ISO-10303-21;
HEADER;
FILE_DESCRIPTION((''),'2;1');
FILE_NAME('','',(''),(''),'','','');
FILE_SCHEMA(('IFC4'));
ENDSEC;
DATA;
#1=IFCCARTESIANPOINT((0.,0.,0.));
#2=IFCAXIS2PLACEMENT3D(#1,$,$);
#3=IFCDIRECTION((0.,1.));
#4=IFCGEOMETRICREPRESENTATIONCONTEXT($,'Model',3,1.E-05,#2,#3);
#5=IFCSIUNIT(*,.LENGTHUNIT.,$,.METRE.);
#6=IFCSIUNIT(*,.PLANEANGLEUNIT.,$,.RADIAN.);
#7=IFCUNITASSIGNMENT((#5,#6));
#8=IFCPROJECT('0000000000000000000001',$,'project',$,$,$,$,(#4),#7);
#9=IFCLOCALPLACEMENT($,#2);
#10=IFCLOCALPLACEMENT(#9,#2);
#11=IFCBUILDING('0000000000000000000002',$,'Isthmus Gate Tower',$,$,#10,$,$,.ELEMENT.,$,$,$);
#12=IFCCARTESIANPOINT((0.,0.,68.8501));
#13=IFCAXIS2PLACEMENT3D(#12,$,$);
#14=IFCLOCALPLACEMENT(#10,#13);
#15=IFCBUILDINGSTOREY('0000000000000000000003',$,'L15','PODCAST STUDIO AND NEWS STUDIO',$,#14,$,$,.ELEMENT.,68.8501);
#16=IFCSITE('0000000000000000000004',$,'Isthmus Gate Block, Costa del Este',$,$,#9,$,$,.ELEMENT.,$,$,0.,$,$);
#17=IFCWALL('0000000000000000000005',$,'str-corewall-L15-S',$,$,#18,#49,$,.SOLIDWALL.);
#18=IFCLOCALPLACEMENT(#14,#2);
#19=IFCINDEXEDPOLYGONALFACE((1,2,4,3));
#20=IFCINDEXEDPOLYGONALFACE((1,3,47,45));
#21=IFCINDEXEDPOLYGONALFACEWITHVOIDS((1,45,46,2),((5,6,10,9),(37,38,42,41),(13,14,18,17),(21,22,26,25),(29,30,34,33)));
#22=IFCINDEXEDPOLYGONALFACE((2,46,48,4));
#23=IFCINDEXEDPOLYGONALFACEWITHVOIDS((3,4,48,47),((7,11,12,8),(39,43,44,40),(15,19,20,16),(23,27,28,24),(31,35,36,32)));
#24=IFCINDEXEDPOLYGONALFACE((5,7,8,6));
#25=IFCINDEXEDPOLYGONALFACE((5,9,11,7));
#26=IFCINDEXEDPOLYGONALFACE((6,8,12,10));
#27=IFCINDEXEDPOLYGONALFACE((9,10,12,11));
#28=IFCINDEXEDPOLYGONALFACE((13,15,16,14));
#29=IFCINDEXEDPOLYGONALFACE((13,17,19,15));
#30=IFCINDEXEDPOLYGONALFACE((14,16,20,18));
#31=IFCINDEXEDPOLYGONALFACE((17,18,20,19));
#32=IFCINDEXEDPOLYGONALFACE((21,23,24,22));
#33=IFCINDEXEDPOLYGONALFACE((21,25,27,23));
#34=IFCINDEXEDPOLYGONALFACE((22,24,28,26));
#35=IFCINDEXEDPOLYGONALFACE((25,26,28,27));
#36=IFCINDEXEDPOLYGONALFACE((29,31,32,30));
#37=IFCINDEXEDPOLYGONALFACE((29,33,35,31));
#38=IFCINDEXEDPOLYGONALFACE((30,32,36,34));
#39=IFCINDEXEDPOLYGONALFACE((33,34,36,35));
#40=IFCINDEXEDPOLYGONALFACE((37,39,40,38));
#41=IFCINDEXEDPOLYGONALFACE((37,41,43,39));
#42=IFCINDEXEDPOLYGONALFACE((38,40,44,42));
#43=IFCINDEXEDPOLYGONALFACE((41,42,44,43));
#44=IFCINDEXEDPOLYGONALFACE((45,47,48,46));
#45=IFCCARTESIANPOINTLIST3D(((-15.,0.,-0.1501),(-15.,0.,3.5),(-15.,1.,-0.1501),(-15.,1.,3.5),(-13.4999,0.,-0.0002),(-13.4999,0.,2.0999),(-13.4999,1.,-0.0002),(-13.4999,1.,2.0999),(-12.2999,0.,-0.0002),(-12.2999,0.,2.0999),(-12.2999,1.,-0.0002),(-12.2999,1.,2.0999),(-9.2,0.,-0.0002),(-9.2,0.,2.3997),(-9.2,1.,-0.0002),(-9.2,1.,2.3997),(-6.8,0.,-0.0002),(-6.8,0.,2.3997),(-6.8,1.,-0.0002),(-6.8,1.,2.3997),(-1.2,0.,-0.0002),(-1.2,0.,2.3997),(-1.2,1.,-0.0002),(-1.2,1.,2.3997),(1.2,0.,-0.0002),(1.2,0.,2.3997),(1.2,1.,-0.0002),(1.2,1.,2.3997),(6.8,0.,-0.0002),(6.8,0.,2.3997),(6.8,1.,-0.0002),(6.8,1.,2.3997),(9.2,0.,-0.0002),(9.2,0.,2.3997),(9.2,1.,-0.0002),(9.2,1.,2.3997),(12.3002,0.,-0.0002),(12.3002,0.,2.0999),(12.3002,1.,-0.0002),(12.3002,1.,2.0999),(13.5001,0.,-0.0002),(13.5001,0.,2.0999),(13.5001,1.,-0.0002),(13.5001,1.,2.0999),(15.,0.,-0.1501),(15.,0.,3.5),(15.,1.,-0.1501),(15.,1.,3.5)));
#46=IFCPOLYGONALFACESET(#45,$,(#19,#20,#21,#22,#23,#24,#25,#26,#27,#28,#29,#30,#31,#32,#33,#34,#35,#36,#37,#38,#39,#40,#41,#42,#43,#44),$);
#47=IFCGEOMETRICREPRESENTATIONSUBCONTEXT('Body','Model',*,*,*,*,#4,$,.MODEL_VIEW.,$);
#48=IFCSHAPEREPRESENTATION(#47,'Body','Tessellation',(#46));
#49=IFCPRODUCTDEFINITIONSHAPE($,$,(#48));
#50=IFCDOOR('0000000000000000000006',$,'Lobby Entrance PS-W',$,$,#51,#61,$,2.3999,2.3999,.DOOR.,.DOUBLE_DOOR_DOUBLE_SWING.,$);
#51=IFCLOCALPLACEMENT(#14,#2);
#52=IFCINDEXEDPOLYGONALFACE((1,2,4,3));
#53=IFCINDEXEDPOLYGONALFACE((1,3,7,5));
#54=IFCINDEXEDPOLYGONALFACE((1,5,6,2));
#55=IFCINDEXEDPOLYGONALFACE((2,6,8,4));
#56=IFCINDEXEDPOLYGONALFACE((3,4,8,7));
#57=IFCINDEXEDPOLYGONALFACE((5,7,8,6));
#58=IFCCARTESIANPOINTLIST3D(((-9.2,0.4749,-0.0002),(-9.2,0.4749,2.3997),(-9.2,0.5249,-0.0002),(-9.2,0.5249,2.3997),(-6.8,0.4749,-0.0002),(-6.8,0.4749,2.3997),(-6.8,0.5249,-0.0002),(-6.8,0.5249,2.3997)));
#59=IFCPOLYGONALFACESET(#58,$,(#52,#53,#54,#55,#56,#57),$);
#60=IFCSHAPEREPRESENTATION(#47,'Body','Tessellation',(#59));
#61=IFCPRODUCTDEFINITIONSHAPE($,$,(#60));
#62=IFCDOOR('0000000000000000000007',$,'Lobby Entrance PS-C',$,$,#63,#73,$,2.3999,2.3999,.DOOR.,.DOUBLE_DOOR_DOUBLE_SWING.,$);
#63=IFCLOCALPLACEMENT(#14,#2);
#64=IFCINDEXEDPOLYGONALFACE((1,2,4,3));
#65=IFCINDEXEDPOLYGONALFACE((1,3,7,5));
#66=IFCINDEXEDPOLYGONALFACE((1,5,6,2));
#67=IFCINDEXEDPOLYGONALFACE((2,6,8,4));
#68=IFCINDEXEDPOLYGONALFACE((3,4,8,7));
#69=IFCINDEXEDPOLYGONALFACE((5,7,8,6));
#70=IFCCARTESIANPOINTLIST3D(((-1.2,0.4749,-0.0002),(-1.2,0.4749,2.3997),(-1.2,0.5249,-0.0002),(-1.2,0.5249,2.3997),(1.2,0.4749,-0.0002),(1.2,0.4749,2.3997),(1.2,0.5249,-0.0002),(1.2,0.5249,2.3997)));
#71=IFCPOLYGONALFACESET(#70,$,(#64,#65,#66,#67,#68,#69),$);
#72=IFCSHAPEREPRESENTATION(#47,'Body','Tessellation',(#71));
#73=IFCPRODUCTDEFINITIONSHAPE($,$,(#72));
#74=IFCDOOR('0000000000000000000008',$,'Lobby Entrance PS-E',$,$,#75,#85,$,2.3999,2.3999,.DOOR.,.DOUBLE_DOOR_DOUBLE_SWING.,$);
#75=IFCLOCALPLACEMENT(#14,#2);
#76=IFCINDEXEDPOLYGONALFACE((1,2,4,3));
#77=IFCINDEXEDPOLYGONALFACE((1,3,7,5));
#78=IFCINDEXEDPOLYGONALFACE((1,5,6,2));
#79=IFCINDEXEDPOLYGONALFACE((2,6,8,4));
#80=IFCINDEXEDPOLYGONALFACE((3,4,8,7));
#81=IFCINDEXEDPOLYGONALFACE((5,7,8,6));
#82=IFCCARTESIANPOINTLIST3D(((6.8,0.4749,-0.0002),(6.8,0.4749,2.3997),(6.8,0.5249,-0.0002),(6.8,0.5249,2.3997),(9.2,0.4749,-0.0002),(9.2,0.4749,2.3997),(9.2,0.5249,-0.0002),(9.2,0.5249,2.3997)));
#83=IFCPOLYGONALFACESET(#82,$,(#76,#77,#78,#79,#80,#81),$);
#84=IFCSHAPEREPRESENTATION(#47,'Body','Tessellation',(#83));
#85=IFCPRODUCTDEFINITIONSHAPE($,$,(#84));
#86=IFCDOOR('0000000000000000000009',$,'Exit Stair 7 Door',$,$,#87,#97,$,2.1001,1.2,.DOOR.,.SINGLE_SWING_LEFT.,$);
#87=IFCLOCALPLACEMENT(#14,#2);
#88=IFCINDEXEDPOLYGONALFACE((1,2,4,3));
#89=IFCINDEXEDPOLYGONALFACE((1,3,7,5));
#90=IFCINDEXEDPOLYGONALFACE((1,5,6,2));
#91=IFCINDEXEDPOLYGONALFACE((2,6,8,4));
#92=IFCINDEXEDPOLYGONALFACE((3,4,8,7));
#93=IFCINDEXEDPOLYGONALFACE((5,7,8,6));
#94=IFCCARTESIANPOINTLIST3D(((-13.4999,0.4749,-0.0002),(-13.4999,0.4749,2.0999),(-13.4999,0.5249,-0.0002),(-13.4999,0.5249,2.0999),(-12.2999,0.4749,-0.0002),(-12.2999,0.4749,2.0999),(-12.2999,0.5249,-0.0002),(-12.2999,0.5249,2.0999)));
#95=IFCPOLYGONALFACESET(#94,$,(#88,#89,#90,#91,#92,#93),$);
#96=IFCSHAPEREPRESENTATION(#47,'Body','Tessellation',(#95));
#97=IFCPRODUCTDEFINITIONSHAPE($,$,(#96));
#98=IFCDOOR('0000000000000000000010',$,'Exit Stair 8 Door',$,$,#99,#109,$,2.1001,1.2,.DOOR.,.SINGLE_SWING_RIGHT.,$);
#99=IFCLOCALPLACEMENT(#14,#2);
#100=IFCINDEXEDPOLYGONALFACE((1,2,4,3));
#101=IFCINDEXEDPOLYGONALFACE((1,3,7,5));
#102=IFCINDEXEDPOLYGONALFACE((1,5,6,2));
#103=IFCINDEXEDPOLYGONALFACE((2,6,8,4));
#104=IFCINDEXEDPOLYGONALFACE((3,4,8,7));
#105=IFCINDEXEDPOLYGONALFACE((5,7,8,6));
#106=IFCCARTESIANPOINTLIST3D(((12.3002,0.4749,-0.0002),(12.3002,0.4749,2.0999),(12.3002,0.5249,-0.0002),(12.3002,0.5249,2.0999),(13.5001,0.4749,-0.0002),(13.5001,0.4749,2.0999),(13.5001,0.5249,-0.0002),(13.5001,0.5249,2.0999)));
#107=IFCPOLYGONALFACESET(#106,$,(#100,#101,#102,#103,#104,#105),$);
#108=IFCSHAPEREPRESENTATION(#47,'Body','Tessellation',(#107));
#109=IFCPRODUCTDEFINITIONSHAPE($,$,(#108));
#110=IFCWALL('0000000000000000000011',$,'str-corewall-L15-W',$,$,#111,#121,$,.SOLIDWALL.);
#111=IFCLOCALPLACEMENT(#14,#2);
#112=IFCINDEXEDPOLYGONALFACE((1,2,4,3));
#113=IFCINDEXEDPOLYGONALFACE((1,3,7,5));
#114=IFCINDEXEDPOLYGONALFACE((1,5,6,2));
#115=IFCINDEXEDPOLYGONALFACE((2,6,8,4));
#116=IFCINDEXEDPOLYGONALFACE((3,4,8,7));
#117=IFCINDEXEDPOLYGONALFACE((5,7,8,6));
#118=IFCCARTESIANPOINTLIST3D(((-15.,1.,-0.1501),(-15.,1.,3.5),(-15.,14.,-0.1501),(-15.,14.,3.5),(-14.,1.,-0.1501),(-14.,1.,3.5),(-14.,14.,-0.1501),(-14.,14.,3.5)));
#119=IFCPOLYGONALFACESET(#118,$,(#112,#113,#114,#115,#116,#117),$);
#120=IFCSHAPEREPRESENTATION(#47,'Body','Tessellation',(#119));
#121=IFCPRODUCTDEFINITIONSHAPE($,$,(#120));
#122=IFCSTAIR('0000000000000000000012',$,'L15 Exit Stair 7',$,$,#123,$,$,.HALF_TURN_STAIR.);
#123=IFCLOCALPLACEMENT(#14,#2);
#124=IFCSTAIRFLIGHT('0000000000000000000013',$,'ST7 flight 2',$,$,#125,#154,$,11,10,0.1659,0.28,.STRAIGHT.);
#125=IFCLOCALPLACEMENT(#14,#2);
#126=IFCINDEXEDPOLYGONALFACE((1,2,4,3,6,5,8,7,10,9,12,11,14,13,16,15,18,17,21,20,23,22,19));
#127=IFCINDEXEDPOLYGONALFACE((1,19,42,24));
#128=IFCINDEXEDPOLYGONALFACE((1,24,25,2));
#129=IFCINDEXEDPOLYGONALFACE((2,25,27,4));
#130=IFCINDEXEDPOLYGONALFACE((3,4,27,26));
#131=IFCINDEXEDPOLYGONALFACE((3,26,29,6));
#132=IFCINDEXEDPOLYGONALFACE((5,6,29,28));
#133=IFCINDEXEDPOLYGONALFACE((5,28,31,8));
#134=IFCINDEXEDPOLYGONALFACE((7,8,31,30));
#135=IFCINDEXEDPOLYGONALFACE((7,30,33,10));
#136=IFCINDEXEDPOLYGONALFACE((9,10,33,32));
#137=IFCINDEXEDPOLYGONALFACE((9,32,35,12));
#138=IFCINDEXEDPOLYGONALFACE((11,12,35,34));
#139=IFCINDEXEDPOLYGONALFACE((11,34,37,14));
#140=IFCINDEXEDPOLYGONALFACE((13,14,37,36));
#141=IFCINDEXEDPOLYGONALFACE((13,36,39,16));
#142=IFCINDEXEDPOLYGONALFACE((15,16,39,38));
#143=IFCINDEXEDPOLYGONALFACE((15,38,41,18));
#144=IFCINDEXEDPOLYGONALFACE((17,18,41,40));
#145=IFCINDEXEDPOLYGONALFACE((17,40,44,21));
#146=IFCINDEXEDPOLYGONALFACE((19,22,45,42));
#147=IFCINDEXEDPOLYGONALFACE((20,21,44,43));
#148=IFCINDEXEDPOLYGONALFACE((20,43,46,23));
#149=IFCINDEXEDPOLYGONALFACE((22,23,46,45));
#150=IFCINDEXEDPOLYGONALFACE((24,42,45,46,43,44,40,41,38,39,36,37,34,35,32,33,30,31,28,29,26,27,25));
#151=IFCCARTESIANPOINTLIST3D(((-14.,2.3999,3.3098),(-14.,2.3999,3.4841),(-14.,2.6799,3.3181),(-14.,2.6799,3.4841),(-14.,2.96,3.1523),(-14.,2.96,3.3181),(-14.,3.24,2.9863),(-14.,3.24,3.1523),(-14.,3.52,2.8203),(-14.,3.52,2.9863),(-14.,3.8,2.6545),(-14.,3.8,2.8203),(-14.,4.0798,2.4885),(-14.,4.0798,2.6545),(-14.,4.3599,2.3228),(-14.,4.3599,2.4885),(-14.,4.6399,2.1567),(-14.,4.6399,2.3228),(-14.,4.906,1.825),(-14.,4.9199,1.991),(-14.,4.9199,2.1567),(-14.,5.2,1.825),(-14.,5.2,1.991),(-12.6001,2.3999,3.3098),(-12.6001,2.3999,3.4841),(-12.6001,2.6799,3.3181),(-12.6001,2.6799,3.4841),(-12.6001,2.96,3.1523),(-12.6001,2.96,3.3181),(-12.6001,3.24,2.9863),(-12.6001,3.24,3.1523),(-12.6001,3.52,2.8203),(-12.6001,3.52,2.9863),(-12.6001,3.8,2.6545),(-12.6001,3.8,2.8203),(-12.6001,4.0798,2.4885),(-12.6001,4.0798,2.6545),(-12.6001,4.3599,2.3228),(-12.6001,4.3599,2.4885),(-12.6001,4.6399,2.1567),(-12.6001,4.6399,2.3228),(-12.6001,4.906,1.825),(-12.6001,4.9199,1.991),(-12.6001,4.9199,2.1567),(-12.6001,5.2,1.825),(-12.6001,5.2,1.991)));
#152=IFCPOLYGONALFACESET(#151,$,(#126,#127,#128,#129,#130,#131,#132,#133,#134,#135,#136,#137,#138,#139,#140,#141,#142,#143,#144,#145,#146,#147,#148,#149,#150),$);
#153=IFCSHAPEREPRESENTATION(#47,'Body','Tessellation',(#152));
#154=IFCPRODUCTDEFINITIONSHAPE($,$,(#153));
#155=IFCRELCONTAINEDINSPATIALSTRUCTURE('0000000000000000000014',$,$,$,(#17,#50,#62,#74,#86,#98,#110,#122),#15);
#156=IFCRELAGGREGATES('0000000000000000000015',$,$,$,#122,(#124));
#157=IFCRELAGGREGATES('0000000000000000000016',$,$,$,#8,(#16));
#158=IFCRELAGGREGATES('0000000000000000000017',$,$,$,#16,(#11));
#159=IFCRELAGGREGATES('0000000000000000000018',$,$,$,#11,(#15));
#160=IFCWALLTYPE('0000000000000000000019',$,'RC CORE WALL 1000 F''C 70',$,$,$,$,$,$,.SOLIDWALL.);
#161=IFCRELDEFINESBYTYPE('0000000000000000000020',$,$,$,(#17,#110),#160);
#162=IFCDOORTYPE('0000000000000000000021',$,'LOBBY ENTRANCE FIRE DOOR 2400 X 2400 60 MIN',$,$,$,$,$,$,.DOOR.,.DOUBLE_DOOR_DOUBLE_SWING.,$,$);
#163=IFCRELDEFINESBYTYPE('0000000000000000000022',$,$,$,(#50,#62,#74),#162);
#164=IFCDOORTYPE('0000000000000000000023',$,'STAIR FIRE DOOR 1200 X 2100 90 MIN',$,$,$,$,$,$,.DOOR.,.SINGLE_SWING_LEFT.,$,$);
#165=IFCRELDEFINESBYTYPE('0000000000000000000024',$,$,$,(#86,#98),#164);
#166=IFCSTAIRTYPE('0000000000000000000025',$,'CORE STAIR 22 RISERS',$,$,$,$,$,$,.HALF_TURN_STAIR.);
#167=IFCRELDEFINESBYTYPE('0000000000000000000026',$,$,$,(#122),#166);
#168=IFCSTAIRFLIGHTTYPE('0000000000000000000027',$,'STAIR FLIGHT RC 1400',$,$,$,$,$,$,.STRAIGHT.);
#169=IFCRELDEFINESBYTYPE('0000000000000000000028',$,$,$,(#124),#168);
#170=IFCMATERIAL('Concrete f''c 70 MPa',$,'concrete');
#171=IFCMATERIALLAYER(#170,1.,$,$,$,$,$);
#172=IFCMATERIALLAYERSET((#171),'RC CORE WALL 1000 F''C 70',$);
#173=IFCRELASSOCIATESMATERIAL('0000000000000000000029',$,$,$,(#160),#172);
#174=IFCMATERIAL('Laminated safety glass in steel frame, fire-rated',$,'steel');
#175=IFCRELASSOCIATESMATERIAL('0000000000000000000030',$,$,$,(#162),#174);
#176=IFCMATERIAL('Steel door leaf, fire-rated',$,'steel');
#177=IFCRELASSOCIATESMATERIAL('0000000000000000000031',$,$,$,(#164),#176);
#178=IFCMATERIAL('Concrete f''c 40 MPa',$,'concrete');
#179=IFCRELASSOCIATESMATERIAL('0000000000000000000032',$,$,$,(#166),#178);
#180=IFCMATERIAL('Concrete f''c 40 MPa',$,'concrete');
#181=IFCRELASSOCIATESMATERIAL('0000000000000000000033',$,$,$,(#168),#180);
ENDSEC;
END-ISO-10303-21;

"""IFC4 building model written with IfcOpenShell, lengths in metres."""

from ifc_helpers import new_model, si_unit, direction, frame, frame_2d, origin, place, context, subcontext, project, spatial, polyline, rectangle, outline, extrude, material, layer, layer_set, type_object, element, fill, aggregate, save


model = new_model("IFC4")

# Units and contexts
model_context = context("Model", 3, precision=1e-05, world=origin(), true_north=direction((0.0, 1.0)))
body_context = subcontext(model_context, "Body", "Model", "MODEL_VIEW")
ifc_project = project(units=[si_unit("LENGTHUNIT", "METRE"), si_unit("PLANEANGLEUNIT", "RADIAN")], contexts=[model_context])

# Site, building, storey
site_placement = place(None, origin())
site = spatial("IfcSite", under=ifc_project, at=site_placement, Name="Isthmus Gate Block, Costa del Este", CompositionType="ELEMENT", RefElevation=0.0)
building_placement = place(site_placement, origin())
building = spatial("IfcBuilding", under=site, at=building_placement, Name="Isthmus Gate Tower", CompositionType="ELEMENT")
storey_placement = place(building_placement, frame((0.0, 0.0, 68.8501)))
storey = spatial("IfcBuildingStorey", under=building, at=storey_placement, Name="L15", Description="PODCAST STUDIO AND NEWS STUDIO", CompositionType="ELEMENT", Elevation=68.8501)

# Wall, openings, doors
ifc_material_1 = material(Name="Concrete f'c 70 MPa", Category="concrete")
ifc_layer_1 = layer(ifc_material_1, 1.0)
ifc_layer_set_1 = layer_set([ifc_layer_1], Name="RC CORE WALL 1000 F'C 70")
wall_type_1 = type_object("IfcWallType", Name="RC CORE WALL 1000 F'C 70", PredefinedType="SOLIDWALL", material=ifc_layer_set_1)
wall_1_placement = place(storey_placement, frame((-15.0, 0.5, -0.1501), z_axis=(0.0, 0.0, 1.0), x_axis=(1.0, 0.0, 0.0)))
wall_1 = element("IfcWall", 1, at=wall_1_placement, inside=storey, type_object=wall_type_1, Name="str-corewall-L15-S", PredefinedType="SOLIDWALL", context=body_context, shape_type="SweptSolid", body=[
    extrude(rectangle(XDim=30.0, YDim=1.0, at=frame_2d((15.0, 0.0))), origin(), (0.0, 0.0, 1.0), 3.6501),
])
opening_1_placement = place(wall_1_placement, frame((5.8, 0.0, 0.1499)))
opening_1 = element("IfcOpeningElement", 2, at=opening_1_placement, cuts=wall_1, PredefinedType="OPENING", context=body_context, shape_type="SweptSolid", body=[
    extrude(rectangle(XDim=2.3999, YDim=2.3999, at=frame_2d((1.2, 1.2))), frame((0.0, 0.51, 0.0), z_axis=(0.0, -1.0, 0.0), x_axis=(1.0, 0.0, 0.0)), (0.0, 0.0, 1.0), 1.02),
])
opening_2_placement = place(wall_1_placement, frame((13.8, 0.0, 0.1499)))
opening_2 = element("IfcOpeningElement", 3, at=opening_2_placement, cuts=wall_1, PredefinedType="OPENING", context=body_context, shape_type="SweptSolid", body=[
    extrude(rectangle(XDim=2.3999, YDim=2.3999, at=frame_2d((1.2, 1.2))), frame((0.0, 0.51, 0.0), z_axis=(0.0, -1.0, 0.0), x_axis=(1.0, 0.0, 0.0)), (0.0, 0.0, 1.0), 1.02),
])
opening_3_placement = place(wall_1_placement, frame((21.8, 0.0, 0.1499)))
opening_3 = element("IfcOpeningElement", 4, at=opening_3_placement, cuts=wall_1, PredefinedType="OPENING", context=body_context, shape_type="SweptSolid", body=[
    extrude(rectangle(XDim=2.3999, YDim=2.3999, at=frame_2d((1.2, 1.2))), frame((0.0, 0.51, 0.0), z_axis=(0.0, -1.0, 0.0), x_axis=(1.0, 0.0, 0.0)), (0.0, 0.0, 1.0), 1.02),
])
opening_4_placement = place(wall_1_placement, frame((1.5, 0.0, 0.1499)))
opening_4 = element("IfcOpeningElement", 5, at=opening_4_placement, cuts=wall_1, PredefinedType="OPENING", context=body_context, shape_type="SweptSolid", body=[
    extrude(rectangle(XDim=1.2, YDim=2.1001, at=frame_2d((0.6001, 1.05))), frame((0.0, 0.51, 0.0), z_axis=(0.0, -1.0, 0.0), x_axis=(1.0, 0.0, 0.0)), (0.0, 0.0, 1.0), 1.02),
])
opening_5_placement = place(wall_1_placement, frame((27.3, 0.0, 0.1499)))
opening_5 = element("IfcOpeningElement", 6, at=opening_5_placement, cuts=wall_1, PredefinedType="OPENING", context=body_context, shape_type="SweptSolid", body=[
    extrude(rectangle(XDim=1.2, YDim=2.1001, at=frame_2d((0.6001, 1.05))), frame((0.0, 0.51, 0.0), z_axis=(0.0, -1.0, 0.0), x_axis=(1.0, 0.0, 0.0)), (0.0, 0.0, 1.0), 1.02),
])
ifc_material_2 = material(Name="Laminated safety glass in steel frame, fire-rated", Category="steel")
door_type_1 = type_object("IfcDoorType", Name="LOBBY ENTRANCE FIRE DOOR 2400 X 2400 60 MIN", OperationType="DOUBLE_DOOR_DOUBLE_SWING", PredefinedType="DOOR", material=ifc_material_2)
door_1_placement = place(opening_1_placement, origin())
door_1 = element("IfcDoor", 7, at=door_1_placement, inside=storey, type_object=door_type_1, Name="Lobby Entrance PS-W", OperationType="DOUBLE_DOOR_DOUBLE_SWING", OverallHeight=2.3999, OverallWidth=2.3999, PredefinedType="DOOR", context=body_context, shape_type="SweptSolid", body=[
    extrude(rectangle(XDim=2.3999, YDim=2.3999, at=frame_2d((1.2, 1.2))), frame((0.0, 0.0249, 0.0), z_axis=(0.0, -1.0, 0.0), x_axis=(1.0, 0.0, 0.0)), (0.0, 0.0, 1.0), 0.05),
])
fill(opening_1, door_1)
door_2_placement = place(opening_2_placement, origin())
door_2 = element("IfcDoor", 8, at=door_2_placement, inside=storey, type_object=door_type_1, Name="Lobby Entrance PS-C", OperationType="DOUBLE_DOOR_DOUBLE_SWING", OverallHeight=2.3999, OverallWidth=2.3999, PredefinedType="DOOR", context=body_context, shape_type="SweptSolid", body=[
    extrude(rectangle(XDim=2.3999, YDim=2.3999, at=frame_2d((1.2, 1.2))), frame((0.0, 0.0249, 0.0), z_axis=(0.0, -1.0, 0.0), x_axis=(1.0, 0.0, 0.0)), (0.0, 0.0, 1.0), 0.05),
])
fill(opening_2, door_2)
door_3_placement = place(opening_3_placement, origin())
door_3 = element("IfcDoor", 9, at=door_3_placement, inside=storey, type_object=door_type_1, Name="Lobby Entrance PS-E", OperationType="DOUBLE_DOOR_DOUBLE_SWING", OverallHeight=2.3999, OverallWidth=2.3999, PredefinedType="DOOR", context=body_context, shape_type="SweptSolid", body=[
    extrude(rectangle(XDim=2.3999, YDim=2.3999, at=frame_2d((1.2, 1.2))), frame((0.0, 0.0249, 0.0), z_axis=(0.0, -1.0, 0.0), x_axis=(1.0, 0.0, 0.0)), (0.0, 0.0, 1.0), 0.05),
])
fill(opening_3, door_3)
ifc_material_3 = material(Name="Steel door leaf, fire-rated", Category="steel")
door_type_2 = type_object("IfcDoorType", Name="STAIR FIRE DOOR 1200 X 2100 90 MIN", OperationType="SINGLE_SWING_LEFT", PredefinedType="DOOR", material=ifc_material_3)
door_4_placement = place(opening_4_placement, origin())
door_4 = element("IfcDoor", 10, at=door_4_placement, inside=storey, type_object=door_type_2, Name="Exit Stair 7 Door", OperationType="SINGLE_SWING_LEFT", OverallHeight=2.1001, OverallWidth=1.2, PredefinedType="DOOR", context=body_context, shape_type="SweptSolid", body=[
    extrude(rectangle(XDim=1.2, YDim=2.1001, at=frame_2d((0.6001, 1.05))), frame((0.0, 0.0249, 0.0), z_axis=(0.0, -1.0, 0.0), x_axis=(1.0, 0.0, 0.0)), (0.0, 0.0, 1.0), 0.05),
])
fill(opening_4, door_4)
door_5_placement = place(opening_5_placement, origin())
door_5 = element("IfcDoor", 11, at=door_5_placement, inside=storey, type_object=door_type_2, Name="Exit Stair 8 Door", OperationType="SINGLE_SWING_RIGHT", OverallHeight=2.1001, OverallWidth=1.2, PredefinedType="DOOR", context=body_context, shape_type="SweptSolid", body=[
    extrude(rectangle(XDim=1.2, YDim=2.1001, at=frame_2d((0.6001, 1.05))), frame((0.0, 0.0249, 0.0), z_axis=(0.0, -1.0, 0.0), x_axis=(1.0, 0.0, 0.0)), (0.0, 0.0, 1.0), 0.05),
])
fill(opening_5, door_5)

# Wall
wall_2_placement = place(storey_placement, frame((-14.5, 1.0, -0.1501), z_axis=(0.0, 0.0, 1.0), x_axis=(0.0, 1.0, 0.0)))
element("IfcWall", 12, at=wall_2_placement, inside=storey, type_object=wall_type_1, Name="str-corewall-L15-W", PredefinedType="SOLIDWALL", context=body_context, shape_type="SweptSolid", body=[
    extrude(rectangle(XDim=13.0, YDim=1.0, at=frame_2d((6.5, 0.0))), origin(), (0.0, 0.0, 1.0), 3.6501),
])

# Stair, stair flight
ifc_material_4 = material(Name="Concrete f'c 40 MPa", Category="concrete")
stair_type = type_object("IfcStairType", Name="CORE STAIR 22 RISERS", PredefinedType="HALF_TURN_STAIR", material=ifc_material_4)
stair_placement = place(storey_placement, origin())
stair = element("IfcStair", 13, at=stair_placement, inside=storey, type_object=stair_type, Name="L15 Exit Stair 7", PredefinedType="HALF_TURN_STAIR")
ifc_material_5 = material(Name="Concrete f'c 40 MPa", Category="concrete")
stair_flight_type = type_object("IfcStairFlightType", Name="STAIR FLIGHT RC 1400", PredefinedType="STRAIGHT", material=ifc_material_5)
stair_flight_placement = place(storey_placement, frame((-13.3, 5.2, 1.825), z_axis=(0.0, 0.0, 1.0), x_axis=(0.0, -1.0, 0.0)))
stair_flight = element("IfcStairFlight", 14, at=stair_flight_placement, type_object=stair_flight_type, Name="ST7 flight 2", NumberOfRisers=11, NumberOfTreads=10, PredefinedType="STRAIGHT", RiserHeight=0.1659, TreadLength=0.28, context=body_context, shape_type="SweptSolid", body=[
    extrude(outline(polyline([(0.0, 0.0), (0.0, 0.166), (0.28, 0.166), (0.28, 0.3318), (0.5601, 0.3318), (0.5601, 0.4978), (0.8401, 0.4978), (0.8401, 0.6636), (1.1201, 0.6636), (1.1201, 0.8296), (1.3999, 0.8296), (1.3999, 0.9954), (1.6799, 0.9954), (1.6799, 1.1614), (1.96, 1.1614), (1.96, 1.3274), (2.24, 1.3274), (2.24, 1.4932), (2.52, 1.4932), (2.52, 1.6592), (2.8, 1.6592), (2.8, 1.825), (2.8, 1.4849), (0.2939, 0.0), (0.0, 0.0)])), frame((0.0, 0.7, 0.0), z_axis=(0.0, -1.0, 0.0), x_axis=(1.0, 0.0, 0.0)), (0.0, 0.0, 1.0), 1.3999),
])
aggregate(stair, [stair_flight])

save(model, "model.ifc")
